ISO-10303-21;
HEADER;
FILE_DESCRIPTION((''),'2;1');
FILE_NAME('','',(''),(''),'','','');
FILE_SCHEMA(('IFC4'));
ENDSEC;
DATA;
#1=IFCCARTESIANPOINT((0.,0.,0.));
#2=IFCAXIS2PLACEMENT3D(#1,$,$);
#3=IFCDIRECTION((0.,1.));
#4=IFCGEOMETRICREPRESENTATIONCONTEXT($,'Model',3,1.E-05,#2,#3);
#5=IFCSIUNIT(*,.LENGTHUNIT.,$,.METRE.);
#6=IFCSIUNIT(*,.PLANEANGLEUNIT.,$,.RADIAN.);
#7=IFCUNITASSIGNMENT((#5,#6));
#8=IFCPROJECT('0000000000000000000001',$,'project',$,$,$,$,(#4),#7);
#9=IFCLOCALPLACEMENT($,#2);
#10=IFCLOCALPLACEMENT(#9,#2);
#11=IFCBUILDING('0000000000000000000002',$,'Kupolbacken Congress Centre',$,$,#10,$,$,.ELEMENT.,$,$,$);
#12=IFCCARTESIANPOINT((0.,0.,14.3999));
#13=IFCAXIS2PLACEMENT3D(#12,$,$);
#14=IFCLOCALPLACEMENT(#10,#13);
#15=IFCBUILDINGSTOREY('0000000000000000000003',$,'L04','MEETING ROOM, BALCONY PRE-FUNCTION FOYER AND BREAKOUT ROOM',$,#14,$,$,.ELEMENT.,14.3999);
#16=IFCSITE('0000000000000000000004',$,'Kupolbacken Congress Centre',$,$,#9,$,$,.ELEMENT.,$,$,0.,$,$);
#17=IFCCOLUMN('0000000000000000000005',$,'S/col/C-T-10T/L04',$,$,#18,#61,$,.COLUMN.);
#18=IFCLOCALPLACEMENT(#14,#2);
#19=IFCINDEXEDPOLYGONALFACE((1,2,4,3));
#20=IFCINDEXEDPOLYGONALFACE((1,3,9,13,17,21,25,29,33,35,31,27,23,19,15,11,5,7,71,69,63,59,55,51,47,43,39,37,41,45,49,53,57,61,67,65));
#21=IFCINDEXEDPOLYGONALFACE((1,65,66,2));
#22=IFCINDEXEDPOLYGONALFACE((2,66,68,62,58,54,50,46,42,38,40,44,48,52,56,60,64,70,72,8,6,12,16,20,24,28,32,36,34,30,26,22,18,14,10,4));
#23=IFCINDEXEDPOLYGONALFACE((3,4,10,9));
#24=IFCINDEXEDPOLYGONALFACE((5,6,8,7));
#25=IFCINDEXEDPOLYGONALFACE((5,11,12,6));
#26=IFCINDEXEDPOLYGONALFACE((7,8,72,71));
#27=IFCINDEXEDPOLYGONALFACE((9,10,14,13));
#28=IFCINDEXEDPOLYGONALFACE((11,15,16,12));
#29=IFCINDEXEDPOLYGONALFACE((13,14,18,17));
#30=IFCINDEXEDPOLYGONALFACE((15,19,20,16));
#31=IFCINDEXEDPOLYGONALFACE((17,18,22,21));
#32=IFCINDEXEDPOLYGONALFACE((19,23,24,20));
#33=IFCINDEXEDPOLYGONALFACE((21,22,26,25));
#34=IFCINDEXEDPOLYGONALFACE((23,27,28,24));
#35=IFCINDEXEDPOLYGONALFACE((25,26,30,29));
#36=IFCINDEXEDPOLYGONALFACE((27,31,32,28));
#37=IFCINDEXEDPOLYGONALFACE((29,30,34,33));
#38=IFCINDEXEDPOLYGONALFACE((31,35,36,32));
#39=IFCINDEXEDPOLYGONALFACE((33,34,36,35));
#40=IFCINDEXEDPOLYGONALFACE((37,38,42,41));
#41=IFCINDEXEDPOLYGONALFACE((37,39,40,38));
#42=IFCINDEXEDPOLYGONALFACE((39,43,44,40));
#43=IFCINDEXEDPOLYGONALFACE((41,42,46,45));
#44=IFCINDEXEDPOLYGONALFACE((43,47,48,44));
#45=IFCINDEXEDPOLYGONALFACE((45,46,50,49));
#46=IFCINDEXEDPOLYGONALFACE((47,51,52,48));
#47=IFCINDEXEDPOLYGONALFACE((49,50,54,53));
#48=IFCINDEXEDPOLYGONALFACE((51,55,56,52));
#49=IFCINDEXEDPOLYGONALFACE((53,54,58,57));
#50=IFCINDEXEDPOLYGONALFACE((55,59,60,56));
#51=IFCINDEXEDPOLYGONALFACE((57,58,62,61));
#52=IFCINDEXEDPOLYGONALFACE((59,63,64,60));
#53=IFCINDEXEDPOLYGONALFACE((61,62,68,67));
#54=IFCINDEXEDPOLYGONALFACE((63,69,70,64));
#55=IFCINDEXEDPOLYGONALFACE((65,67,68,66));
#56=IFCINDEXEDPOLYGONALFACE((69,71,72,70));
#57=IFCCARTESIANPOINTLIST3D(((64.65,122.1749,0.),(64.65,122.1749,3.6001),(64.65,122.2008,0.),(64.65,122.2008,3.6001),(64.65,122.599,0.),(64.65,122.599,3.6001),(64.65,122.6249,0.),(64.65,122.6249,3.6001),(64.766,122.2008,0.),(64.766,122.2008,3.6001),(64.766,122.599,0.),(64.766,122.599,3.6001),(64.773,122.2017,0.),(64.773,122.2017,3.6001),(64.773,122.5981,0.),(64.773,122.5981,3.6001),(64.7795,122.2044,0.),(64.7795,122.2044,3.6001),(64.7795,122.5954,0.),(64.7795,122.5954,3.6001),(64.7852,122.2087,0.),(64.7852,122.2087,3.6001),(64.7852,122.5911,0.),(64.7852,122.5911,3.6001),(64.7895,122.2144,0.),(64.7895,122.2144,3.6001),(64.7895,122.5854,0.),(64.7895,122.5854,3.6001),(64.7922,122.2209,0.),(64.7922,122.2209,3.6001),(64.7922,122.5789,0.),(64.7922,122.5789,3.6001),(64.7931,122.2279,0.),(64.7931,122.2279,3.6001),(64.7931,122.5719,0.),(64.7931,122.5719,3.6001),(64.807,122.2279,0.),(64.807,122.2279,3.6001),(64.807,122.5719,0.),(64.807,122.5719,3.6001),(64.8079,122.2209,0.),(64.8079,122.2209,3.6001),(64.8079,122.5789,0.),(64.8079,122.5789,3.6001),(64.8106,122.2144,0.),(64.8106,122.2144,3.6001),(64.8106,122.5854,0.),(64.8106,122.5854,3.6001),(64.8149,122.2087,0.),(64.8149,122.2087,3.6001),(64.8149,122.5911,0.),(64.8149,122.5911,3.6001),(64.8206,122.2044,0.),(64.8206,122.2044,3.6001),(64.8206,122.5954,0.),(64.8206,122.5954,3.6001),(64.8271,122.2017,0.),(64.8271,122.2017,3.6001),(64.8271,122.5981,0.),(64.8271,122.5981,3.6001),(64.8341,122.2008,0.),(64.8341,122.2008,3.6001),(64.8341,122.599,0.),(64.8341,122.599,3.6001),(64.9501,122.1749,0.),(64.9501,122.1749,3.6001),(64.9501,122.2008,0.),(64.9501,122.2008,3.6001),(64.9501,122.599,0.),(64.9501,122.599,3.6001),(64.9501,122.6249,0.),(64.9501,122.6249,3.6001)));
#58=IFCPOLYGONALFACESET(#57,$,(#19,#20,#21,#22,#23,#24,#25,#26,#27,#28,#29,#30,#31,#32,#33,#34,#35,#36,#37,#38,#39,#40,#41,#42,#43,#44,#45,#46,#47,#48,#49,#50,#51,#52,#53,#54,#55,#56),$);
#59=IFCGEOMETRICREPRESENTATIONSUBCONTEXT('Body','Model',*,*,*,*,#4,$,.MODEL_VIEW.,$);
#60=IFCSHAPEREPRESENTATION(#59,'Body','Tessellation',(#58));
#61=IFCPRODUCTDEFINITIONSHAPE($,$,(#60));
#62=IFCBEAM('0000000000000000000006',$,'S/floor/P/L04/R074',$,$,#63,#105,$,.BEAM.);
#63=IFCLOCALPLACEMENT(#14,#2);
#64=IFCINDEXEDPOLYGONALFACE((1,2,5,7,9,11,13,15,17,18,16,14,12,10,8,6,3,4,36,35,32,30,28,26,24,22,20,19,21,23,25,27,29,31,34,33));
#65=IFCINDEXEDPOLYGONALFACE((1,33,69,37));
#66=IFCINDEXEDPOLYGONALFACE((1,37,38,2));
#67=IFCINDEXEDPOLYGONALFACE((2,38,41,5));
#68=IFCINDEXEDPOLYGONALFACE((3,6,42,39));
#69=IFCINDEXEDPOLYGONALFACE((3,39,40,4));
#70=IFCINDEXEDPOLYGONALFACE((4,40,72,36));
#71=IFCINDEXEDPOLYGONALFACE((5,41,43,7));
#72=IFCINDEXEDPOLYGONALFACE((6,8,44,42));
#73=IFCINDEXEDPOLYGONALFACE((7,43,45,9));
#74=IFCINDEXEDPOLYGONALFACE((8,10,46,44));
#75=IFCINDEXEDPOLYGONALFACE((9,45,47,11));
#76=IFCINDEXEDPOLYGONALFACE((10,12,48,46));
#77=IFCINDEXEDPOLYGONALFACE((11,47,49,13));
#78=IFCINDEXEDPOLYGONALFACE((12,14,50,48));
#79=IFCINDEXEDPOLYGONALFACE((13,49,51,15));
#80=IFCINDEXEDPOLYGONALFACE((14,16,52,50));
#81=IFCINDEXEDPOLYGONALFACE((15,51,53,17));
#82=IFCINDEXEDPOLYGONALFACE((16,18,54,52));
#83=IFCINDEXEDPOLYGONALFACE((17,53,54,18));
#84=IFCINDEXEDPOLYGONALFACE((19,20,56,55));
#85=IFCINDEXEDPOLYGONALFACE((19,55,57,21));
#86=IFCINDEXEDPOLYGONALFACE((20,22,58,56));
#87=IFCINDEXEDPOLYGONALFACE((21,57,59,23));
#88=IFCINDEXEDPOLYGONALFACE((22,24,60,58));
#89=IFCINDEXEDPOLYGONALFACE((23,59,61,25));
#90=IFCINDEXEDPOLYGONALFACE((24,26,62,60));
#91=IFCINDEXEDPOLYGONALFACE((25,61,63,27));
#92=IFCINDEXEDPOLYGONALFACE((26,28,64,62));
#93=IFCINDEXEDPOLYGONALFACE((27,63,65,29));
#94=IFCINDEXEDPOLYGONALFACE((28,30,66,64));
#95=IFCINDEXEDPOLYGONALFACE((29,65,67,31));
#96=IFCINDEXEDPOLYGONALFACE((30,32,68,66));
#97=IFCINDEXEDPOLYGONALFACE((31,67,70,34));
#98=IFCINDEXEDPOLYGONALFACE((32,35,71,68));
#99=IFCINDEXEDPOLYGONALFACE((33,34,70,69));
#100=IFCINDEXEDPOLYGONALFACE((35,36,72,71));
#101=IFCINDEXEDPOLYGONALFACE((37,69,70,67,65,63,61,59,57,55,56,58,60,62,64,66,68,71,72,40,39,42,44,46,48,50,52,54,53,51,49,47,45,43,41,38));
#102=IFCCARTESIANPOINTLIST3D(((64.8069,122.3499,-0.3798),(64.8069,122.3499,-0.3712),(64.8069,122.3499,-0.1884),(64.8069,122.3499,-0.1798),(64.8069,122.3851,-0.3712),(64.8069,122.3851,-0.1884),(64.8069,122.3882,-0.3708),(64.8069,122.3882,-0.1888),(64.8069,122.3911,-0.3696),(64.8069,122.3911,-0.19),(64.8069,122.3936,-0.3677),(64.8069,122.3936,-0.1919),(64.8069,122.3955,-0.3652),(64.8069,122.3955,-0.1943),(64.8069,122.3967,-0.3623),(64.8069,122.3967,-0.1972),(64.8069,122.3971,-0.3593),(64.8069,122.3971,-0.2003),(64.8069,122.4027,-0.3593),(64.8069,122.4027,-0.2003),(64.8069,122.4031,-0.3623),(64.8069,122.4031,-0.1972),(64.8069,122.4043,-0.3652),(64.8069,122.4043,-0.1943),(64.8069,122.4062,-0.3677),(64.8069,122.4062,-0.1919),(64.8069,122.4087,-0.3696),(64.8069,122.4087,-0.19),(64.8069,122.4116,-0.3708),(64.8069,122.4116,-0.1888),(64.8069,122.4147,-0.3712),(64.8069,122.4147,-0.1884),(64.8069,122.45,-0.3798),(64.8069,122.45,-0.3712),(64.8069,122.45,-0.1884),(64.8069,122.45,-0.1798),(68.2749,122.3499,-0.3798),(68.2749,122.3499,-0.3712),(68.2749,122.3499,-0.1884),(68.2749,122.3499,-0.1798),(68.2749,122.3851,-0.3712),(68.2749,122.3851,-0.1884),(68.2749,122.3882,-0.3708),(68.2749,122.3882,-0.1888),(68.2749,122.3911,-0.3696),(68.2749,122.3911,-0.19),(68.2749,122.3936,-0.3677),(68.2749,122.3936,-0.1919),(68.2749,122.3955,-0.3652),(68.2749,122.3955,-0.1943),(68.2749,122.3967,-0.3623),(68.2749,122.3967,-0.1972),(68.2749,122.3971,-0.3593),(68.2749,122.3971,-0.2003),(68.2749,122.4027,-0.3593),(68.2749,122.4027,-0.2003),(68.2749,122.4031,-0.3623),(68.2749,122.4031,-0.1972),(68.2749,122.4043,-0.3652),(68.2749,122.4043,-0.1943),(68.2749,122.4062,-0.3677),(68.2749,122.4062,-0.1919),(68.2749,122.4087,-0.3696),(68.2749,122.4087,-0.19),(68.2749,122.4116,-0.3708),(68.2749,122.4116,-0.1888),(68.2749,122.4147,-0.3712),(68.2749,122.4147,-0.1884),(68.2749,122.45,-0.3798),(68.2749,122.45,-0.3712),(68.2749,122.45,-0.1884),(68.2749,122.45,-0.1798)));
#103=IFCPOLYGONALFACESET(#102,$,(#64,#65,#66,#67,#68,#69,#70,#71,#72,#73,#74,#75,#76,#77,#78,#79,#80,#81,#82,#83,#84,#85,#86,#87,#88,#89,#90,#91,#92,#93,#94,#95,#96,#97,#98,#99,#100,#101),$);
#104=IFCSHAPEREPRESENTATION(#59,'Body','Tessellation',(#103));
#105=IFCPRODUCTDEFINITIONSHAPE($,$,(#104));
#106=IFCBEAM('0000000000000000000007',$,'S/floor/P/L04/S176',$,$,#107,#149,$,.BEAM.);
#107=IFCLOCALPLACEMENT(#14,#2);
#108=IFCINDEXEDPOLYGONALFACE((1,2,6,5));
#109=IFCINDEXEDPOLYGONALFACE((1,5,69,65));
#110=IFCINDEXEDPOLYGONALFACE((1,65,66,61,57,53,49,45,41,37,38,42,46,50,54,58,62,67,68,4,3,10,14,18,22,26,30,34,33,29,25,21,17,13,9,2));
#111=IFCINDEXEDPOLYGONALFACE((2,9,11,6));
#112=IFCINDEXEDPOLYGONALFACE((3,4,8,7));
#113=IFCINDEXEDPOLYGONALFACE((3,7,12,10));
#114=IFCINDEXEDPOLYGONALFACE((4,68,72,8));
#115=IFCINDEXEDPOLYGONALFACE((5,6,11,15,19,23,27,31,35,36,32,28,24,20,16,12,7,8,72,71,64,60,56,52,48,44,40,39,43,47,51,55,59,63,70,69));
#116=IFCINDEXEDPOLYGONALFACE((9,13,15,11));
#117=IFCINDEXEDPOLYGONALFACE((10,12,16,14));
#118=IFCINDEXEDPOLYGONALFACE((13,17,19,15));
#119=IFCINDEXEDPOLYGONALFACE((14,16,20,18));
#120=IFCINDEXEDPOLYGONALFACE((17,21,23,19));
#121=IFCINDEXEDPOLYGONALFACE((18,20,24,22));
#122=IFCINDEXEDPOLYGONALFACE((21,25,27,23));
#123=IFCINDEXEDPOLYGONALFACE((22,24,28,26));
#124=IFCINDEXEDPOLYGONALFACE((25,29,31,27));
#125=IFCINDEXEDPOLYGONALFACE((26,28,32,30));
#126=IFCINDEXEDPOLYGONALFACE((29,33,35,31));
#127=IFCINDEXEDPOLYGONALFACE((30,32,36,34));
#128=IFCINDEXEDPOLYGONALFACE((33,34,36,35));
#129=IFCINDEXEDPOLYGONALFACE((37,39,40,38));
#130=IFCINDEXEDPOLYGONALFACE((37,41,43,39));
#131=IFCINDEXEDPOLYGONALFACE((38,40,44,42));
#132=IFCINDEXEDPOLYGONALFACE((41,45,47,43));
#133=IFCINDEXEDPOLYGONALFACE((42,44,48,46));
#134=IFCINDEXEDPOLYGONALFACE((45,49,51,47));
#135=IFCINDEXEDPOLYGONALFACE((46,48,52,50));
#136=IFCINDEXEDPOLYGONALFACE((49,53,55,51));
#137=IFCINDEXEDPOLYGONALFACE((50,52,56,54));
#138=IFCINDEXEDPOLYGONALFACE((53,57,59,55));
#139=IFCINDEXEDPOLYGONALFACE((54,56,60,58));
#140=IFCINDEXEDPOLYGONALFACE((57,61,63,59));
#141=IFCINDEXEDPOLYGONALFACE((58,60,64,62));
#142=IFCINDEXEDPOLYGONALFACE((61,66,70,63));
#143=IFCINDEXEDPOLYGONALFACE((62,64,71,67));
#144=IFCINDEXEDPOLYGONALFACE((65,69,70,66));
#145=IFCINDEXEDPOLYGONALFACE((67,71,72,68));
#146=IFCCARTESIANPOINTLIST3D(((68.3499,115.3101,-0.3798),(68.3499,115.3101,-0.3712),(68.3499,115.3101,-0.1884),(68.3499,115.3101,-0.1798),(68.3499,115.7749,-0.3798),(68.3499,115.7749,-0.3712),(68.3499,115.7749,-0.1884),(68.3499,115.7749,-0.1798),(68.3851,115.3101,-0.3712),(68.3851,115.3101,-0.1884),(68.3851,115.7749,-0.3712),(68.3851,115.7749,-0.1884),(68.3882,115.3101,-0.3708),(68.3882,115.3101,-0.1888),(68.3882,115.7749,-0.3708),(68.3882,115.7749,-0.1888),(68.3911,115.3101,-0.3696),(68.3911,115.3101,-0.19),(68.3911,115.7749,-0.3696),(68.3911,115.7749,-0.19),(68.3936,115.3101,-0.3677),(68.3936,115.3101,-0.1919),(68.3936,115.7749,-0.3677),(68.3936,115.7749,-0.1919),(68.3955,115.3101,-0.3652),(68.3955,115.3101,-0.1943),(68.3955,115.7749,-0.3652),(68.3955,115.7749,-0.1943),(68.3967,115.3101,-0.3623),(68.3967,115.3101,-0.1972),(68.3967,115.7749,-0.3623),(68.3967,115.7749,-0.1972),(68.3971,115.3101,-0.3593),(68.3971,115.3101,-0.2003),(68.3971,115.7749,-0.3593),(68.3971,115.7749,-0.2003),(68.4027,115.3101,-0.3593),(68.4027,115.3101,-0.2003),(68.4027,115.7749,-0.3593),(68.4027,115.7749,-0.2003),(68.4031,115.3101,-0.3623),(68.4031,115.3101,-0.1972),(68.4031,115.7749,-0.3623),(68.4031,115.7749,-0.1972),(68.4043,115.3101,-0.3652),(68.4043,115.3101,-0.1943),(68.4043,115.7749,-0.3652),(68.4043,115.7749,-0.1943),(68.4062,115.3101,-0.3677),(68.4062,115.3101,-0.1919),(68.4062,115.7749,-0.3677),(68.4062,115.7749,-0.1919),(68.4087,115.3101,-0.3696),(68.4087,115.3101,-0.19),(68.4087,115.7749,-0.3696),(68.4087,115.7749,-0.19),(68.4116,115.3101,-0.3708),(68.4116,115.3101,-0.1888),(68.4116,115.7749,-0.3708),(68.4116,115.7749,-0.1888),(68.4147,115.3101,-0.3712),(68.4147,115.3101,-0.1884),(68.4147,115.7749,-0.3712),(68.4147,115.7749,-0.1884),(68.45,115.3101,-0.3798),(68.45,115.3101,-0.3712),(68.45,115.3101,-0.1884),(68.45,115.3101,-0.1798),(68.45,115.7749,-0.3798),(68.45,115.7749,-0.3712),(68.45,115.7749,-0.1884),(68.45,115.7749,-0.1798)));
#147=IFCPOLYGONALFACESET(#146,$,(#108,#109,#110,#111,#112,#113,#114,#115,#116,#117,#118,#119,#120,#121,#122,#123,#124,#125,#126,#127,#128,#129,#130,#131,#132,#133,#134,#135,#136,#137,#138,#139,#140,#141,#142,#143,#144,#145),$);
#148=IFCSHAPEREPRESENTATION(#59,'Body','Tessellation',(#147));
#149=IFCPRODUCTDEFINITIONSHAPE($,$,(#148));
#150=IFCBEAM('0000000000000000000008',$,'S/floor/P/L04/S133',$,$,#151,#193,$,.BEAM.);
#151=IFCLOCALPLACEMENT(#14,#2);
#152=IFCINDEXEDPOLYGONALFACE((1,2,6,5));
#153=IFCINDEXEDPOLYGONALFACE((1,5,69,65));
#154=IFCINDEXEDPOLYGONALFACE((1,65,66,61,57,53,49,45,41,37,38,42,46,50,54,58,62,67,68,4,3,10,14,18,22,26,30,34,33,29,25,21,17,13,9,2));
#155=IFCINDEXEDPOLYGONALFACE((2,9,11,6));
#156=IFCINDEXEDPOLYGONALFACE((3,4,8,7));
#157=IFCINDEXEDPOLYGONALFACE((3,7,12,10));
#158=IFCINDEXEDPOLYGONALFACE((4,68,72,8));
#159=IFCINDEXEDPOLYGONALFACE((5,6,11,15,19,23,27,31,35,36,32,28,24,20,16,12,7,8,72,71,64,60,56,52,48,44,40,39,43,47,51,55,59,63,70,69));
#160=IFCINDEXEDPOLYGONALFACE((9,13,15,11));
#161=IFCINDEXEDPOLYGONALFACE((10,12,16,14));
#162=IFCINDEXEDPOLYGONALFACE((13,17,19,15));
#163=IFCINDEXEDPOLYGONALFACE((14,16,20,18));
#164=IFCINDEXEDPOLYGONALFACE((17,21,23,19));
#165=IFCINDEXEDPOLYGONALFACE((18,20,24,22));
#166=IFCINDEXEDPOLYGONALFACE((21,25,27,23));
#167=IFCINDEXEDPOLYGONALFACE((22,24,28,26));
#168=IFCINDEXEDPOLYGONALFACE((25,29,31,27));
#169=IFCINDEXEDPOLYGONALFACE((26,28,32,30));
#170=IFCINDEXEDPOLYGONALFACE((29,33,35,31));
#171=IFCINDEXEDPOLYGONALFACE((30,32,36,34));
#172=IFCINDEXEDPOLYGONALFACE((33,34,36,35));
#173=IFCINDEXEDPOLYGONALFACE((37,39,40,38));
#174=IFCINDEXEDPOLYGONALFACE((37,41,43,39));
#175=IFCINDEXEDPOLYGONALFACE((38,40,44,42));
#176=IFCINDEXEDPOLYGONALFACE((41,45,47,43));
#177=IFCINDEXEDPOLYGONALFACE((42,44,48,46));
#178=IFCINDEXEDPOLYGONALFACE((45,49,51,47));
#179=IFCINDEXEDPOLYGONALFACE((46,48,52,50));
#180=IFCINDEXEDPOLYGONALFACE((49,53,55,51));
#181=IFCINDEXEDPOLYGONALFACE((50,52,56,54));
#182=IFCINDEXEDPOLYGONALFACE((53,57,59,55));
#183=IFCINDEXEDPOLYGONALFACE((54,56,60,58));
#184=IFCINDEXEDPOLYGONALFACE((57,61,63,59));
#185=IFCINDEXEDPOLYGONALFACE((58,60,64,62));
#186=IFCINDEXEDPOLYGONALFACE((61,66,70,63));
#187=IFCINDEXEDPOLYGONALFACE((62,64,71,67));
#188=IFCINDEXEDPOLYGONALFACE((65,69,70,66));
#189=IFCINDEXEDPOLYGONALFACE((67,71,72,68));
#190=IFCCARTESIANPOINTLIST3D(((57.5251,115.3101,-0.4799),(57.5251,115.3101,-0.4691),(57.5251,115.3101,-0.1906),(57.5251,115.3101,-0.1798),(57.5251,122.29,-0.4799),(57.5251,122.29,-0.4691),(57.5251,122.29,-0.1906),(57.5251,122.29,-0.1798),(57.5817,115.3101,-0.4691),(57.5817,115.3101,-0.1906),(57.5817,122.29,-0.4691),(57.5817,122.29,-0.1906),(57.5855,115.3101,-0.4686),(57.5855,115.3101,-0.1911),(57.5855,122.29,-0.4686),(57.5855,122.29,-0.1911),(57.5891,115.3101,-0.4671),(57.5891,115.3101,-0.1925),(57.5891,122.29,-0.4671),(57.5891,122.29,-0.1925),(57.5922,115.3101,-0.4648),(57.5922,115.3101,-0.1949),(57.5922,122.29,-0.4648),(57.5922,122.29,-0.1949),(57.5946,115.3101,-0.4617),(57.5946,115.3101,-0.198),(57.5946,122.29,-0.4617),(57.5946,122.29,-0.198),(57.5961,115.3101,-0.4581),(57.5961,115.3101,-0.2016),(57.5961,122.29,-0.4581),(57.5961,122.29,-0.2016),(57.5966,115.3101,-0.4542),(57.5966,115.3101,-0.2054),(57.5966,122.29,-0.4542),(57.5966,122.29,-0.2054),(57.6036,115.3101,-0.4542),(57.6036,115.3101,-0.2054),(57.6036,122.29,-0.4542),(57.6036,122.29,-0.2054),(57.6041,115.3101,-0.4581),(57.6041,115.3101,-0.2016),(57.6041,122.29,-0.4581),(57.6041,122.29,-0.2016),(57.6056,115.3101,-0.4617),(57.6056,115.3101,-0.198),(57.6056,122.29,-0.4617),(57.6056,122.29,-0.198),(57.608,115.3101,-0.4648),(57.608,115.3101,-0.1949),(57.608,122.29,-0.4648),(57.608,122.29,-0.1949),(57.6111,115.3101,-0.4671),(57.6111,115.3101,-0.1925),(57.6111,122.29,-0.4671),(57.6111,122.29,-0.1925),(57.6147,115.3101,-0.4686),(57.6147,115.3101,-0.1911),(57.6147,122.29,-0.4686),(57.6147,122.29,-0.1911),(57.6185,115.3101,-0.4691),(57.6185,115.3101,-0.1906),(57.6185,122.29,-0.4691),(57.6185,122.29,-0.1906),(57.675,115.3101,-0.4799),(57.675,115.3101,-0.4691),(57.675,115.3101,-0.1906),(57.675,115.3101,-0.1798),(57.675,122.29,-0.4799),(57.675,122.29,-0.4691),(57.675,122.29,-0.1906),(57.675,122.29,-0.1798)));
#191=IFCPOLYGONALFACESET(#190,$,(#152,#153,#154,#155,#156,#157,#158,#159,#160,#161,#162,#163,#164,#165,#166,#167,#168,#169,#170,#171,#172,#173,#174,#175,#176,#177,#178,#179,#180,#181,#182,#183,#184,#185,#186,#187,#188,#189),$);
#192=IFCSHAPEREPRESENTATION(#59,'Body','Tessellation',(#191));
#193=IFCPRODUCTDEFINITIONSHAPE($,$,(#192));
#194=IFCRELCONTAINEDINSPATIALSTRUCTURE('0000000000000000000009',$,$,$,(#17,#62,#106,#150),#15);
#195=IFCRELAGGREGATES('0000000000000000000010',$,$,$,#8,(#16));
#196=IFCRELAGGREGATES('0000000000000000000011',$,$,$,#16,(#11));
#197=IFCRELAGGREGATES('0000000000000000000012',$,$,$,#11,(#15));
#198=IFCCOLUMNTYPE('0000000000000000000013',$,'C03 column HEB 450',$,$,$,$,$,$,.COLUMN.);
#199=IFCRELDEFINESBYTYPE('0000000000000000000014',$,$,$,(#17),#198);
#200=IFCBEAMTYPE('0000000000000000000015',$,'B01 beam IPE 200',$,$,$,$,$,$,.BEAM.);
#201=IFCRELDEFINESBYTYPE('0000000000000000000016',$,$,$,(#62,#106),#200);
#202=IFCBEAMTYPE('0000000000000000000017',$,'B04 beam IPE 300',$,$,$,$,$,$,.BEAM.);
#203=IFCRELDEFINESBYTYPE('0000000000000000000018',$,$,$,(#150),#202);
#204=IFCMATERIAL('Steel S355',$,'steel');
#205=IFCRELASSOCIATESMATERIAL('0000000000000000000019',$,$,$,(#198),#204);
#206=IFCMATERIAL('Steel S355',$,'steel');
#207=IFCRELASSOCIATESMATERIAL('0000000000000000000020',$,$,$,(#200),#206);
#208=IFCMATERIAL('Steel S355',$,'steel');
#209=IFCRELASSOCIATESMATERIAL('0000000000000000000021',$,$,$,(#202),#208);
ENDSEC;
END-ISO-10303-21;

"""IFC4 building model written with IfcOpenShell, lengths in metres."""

from ifc_helpers import new_model, si_unit, direction, frame, origin, origin_2d, place, context, subcontext, project, spatial, i_section, extrude, material, material_profile, profile_set, type_object, element, save


model = new_model("IFC4")

# Units and contexts
model_context = context("Model", 3, precision=1e-05, world=origin(), true_north=direction((0.0, 1.0)))
body_context = subcontext(model_context, "Body", "Model", "MODEL_VIEW")
ifc_project = project(units=[si_unit("LENGTHUNIT", "METRE"), si_unit("PLANEANGLEUNIT", "RADIAN")], contexts=[model_context])

# Site, building, storey
site_placement = place(None, origin())
site = spatial("IfcSite", under=ifc_project, at=site_placement, Name="Kupolbacken Congress Centre", CompositionType="ELEMENT", RefElevation=0.0)
building_placement = place(site_placement, origin())
building = spatial("IfcBuilding", under=site, at=building_placement, Name="Kupolbacken Congress Centre", CompositionType="ELEMENT")
storey_placement = place(building_placement, frame((0.0, 0.0, 14.3999)))
storey = spatial("IfcBuildingStorey", under=building, at=storey_placement, Name="L04", Description="MEETING ROOM, BALCONY PRE-FUNCTION FOYER AND BREAKOUT ROOM", CompositionType="ELEMENT", Elevation=14.3999)

# Column
ifc_material_1 = material(Name="Steel S355", Category="steel")
ifc_material_profile_1 = material_profile(ifc_material_1, i_section(OverallWidth=0.3, OverallDepth=0.45, WebThickness=0.0139, FlangeThickness=0.0259, FilletRadius=0.0271, at=origin_2d()), Name="HEB 450")
ifc_profile_set_1 = profile_set([ifc_material_profile_1], Name="Steel S355")
column_type = type_object("IfcColumnType", Name="C03 column HEB 450", PredefinedType="COLUMN", material=ifc_profile_set_1)
column_placement = place(storey_placement, frame((64.8, 122.3999, 0.0), z_axis=(0.0, 0.0, 1.0), x_axis=(1.0, 0.0, 0.0)))
element("IfcColumn", 1, at=column_placement, inside=storey, type_object=column_type, Name="S/col/C-T-10T/L04", PredefinedType="COLUMN", context=body_context, shape_type="SweptSolid", body=[
    extrude(i_section(OverallWidth=0.3, OverallDepth=0.45, WebThickness=0.0139, FlangeThickness=0.0259, FilletRadius=0.0271, at=origin_2d()), origin(), (0.0, 0.0, 1.0), 3.6001),
])

# Beams
ifc_material_2 = material(Name="Steel S355", Category="steel")
ifc_material_profile_2 = material_profile(ifc_material_2, i_section(OverallWidth=0.1001, OverallDepth=0.2, WebThickness=0.0056, FlangeThickness=0.0085, FilletRadius=0.012, at=origin_2d()), Name="IPE 200")
ifc_profile_set_2 = profile_set([ifc_material_profile_2], Name="Steel S355")
beam_type_1 = type_object("IfcBeamType", Name="B01 beam IPE 200", PredefinedType="BEAM", material=ifc_profile_set_2)
beam_1_placement = place(storey_placement, frame((64.8069, 122.3999, -0.2798), z_axis=(1.0, 0.0, 0.0), x_axis=(0.0, 1.0, 0.0)))
element("IfcBeam", 2, at=beam_1_placement, inside=storey, type_object=beam_type_1, Name="S/floor/P/L04/R074", PredefinedType="BEAM", context=body_context, shape_type="SweptSolid", body=[
    extrude(i_section(OverallWidth=0.1001, OverallDepth=0.2, WebThickness=0.0056, FlangeThickness=0.0085, FilletRadius=0.012, at=origin_2d()), origin(), (0.0, 0.0, 1.0), 3.468),
])
beam_2_placement = place(storey_placement, frame((68.3999, 115.3101, -0.2798), z_axis=(0.0, 1.0, 0.0), x_axis=(-1.0, 0.0, 0.0)))
element("IfcBeam", 3, at=beam_2_placement, inside=storey, type_object=beam_type_1, Name="S/floor/P/L04/S176", PredefinedType="BEAM", context=body_context, shape_type="SweptSolid", body=[
    extrude(i_section(OverallWidth=0.1001, OverallDepth=0.2, WebThickness=0.0056, FlangeThickness=0.0085, FilletRadius=0.012, at=origin_2d()), origin(), (0.0, 0.0, 1.0), 0.4648),
])
ifc_material_3 = material(Name="Steel S355", Category="steel")
ifc_material_profile_3 = material_profile(ifc_material_3, i_section(OverallWidth=0.1499, OverallDepth=0.3, WebThickness=0.0071, FlangeThickness=0.0107, FilletRadius=0.0149, at=origin_2d()), Name="IPE 300")
ifc_profile_set_3 = profile_set([ifc_material_profile_3], Name="Steel S355")
beam_type_2 = type_object("IfcBeamType", Name="B04 beam IPE 300", PredefinedType="BEAM", material=ifc_profile_set_3)
for number, where, z_axis, x_axis, name in (
    (4, (57.6001, 115.3101, -0.3298), (0.0, 1.0, 0.0), (-1.0, 0.0, 0.0), "S/floor/P/L04/S133"),
):
    element("IfcBeam", number, at=place(storey_placement, frame(where, z_axis=z_axis, x_axis=x_axis)), inside=storey, type_object=beam_type_2, Name=name, PredefinedType="BEAM", context=body_context, shape_type="SweptSolid", body=[
        extrude(i_section(OverallWidth=0.1499, OverallDepth=0.3, WebThickness=0.0071, FlangeThickness=0.0107, FilletRadius=0.0149, at=origin_2d()), origin(), (0.0, 0.0, 1.0), 6.98),
    ])

save(model, "model.ifc")
